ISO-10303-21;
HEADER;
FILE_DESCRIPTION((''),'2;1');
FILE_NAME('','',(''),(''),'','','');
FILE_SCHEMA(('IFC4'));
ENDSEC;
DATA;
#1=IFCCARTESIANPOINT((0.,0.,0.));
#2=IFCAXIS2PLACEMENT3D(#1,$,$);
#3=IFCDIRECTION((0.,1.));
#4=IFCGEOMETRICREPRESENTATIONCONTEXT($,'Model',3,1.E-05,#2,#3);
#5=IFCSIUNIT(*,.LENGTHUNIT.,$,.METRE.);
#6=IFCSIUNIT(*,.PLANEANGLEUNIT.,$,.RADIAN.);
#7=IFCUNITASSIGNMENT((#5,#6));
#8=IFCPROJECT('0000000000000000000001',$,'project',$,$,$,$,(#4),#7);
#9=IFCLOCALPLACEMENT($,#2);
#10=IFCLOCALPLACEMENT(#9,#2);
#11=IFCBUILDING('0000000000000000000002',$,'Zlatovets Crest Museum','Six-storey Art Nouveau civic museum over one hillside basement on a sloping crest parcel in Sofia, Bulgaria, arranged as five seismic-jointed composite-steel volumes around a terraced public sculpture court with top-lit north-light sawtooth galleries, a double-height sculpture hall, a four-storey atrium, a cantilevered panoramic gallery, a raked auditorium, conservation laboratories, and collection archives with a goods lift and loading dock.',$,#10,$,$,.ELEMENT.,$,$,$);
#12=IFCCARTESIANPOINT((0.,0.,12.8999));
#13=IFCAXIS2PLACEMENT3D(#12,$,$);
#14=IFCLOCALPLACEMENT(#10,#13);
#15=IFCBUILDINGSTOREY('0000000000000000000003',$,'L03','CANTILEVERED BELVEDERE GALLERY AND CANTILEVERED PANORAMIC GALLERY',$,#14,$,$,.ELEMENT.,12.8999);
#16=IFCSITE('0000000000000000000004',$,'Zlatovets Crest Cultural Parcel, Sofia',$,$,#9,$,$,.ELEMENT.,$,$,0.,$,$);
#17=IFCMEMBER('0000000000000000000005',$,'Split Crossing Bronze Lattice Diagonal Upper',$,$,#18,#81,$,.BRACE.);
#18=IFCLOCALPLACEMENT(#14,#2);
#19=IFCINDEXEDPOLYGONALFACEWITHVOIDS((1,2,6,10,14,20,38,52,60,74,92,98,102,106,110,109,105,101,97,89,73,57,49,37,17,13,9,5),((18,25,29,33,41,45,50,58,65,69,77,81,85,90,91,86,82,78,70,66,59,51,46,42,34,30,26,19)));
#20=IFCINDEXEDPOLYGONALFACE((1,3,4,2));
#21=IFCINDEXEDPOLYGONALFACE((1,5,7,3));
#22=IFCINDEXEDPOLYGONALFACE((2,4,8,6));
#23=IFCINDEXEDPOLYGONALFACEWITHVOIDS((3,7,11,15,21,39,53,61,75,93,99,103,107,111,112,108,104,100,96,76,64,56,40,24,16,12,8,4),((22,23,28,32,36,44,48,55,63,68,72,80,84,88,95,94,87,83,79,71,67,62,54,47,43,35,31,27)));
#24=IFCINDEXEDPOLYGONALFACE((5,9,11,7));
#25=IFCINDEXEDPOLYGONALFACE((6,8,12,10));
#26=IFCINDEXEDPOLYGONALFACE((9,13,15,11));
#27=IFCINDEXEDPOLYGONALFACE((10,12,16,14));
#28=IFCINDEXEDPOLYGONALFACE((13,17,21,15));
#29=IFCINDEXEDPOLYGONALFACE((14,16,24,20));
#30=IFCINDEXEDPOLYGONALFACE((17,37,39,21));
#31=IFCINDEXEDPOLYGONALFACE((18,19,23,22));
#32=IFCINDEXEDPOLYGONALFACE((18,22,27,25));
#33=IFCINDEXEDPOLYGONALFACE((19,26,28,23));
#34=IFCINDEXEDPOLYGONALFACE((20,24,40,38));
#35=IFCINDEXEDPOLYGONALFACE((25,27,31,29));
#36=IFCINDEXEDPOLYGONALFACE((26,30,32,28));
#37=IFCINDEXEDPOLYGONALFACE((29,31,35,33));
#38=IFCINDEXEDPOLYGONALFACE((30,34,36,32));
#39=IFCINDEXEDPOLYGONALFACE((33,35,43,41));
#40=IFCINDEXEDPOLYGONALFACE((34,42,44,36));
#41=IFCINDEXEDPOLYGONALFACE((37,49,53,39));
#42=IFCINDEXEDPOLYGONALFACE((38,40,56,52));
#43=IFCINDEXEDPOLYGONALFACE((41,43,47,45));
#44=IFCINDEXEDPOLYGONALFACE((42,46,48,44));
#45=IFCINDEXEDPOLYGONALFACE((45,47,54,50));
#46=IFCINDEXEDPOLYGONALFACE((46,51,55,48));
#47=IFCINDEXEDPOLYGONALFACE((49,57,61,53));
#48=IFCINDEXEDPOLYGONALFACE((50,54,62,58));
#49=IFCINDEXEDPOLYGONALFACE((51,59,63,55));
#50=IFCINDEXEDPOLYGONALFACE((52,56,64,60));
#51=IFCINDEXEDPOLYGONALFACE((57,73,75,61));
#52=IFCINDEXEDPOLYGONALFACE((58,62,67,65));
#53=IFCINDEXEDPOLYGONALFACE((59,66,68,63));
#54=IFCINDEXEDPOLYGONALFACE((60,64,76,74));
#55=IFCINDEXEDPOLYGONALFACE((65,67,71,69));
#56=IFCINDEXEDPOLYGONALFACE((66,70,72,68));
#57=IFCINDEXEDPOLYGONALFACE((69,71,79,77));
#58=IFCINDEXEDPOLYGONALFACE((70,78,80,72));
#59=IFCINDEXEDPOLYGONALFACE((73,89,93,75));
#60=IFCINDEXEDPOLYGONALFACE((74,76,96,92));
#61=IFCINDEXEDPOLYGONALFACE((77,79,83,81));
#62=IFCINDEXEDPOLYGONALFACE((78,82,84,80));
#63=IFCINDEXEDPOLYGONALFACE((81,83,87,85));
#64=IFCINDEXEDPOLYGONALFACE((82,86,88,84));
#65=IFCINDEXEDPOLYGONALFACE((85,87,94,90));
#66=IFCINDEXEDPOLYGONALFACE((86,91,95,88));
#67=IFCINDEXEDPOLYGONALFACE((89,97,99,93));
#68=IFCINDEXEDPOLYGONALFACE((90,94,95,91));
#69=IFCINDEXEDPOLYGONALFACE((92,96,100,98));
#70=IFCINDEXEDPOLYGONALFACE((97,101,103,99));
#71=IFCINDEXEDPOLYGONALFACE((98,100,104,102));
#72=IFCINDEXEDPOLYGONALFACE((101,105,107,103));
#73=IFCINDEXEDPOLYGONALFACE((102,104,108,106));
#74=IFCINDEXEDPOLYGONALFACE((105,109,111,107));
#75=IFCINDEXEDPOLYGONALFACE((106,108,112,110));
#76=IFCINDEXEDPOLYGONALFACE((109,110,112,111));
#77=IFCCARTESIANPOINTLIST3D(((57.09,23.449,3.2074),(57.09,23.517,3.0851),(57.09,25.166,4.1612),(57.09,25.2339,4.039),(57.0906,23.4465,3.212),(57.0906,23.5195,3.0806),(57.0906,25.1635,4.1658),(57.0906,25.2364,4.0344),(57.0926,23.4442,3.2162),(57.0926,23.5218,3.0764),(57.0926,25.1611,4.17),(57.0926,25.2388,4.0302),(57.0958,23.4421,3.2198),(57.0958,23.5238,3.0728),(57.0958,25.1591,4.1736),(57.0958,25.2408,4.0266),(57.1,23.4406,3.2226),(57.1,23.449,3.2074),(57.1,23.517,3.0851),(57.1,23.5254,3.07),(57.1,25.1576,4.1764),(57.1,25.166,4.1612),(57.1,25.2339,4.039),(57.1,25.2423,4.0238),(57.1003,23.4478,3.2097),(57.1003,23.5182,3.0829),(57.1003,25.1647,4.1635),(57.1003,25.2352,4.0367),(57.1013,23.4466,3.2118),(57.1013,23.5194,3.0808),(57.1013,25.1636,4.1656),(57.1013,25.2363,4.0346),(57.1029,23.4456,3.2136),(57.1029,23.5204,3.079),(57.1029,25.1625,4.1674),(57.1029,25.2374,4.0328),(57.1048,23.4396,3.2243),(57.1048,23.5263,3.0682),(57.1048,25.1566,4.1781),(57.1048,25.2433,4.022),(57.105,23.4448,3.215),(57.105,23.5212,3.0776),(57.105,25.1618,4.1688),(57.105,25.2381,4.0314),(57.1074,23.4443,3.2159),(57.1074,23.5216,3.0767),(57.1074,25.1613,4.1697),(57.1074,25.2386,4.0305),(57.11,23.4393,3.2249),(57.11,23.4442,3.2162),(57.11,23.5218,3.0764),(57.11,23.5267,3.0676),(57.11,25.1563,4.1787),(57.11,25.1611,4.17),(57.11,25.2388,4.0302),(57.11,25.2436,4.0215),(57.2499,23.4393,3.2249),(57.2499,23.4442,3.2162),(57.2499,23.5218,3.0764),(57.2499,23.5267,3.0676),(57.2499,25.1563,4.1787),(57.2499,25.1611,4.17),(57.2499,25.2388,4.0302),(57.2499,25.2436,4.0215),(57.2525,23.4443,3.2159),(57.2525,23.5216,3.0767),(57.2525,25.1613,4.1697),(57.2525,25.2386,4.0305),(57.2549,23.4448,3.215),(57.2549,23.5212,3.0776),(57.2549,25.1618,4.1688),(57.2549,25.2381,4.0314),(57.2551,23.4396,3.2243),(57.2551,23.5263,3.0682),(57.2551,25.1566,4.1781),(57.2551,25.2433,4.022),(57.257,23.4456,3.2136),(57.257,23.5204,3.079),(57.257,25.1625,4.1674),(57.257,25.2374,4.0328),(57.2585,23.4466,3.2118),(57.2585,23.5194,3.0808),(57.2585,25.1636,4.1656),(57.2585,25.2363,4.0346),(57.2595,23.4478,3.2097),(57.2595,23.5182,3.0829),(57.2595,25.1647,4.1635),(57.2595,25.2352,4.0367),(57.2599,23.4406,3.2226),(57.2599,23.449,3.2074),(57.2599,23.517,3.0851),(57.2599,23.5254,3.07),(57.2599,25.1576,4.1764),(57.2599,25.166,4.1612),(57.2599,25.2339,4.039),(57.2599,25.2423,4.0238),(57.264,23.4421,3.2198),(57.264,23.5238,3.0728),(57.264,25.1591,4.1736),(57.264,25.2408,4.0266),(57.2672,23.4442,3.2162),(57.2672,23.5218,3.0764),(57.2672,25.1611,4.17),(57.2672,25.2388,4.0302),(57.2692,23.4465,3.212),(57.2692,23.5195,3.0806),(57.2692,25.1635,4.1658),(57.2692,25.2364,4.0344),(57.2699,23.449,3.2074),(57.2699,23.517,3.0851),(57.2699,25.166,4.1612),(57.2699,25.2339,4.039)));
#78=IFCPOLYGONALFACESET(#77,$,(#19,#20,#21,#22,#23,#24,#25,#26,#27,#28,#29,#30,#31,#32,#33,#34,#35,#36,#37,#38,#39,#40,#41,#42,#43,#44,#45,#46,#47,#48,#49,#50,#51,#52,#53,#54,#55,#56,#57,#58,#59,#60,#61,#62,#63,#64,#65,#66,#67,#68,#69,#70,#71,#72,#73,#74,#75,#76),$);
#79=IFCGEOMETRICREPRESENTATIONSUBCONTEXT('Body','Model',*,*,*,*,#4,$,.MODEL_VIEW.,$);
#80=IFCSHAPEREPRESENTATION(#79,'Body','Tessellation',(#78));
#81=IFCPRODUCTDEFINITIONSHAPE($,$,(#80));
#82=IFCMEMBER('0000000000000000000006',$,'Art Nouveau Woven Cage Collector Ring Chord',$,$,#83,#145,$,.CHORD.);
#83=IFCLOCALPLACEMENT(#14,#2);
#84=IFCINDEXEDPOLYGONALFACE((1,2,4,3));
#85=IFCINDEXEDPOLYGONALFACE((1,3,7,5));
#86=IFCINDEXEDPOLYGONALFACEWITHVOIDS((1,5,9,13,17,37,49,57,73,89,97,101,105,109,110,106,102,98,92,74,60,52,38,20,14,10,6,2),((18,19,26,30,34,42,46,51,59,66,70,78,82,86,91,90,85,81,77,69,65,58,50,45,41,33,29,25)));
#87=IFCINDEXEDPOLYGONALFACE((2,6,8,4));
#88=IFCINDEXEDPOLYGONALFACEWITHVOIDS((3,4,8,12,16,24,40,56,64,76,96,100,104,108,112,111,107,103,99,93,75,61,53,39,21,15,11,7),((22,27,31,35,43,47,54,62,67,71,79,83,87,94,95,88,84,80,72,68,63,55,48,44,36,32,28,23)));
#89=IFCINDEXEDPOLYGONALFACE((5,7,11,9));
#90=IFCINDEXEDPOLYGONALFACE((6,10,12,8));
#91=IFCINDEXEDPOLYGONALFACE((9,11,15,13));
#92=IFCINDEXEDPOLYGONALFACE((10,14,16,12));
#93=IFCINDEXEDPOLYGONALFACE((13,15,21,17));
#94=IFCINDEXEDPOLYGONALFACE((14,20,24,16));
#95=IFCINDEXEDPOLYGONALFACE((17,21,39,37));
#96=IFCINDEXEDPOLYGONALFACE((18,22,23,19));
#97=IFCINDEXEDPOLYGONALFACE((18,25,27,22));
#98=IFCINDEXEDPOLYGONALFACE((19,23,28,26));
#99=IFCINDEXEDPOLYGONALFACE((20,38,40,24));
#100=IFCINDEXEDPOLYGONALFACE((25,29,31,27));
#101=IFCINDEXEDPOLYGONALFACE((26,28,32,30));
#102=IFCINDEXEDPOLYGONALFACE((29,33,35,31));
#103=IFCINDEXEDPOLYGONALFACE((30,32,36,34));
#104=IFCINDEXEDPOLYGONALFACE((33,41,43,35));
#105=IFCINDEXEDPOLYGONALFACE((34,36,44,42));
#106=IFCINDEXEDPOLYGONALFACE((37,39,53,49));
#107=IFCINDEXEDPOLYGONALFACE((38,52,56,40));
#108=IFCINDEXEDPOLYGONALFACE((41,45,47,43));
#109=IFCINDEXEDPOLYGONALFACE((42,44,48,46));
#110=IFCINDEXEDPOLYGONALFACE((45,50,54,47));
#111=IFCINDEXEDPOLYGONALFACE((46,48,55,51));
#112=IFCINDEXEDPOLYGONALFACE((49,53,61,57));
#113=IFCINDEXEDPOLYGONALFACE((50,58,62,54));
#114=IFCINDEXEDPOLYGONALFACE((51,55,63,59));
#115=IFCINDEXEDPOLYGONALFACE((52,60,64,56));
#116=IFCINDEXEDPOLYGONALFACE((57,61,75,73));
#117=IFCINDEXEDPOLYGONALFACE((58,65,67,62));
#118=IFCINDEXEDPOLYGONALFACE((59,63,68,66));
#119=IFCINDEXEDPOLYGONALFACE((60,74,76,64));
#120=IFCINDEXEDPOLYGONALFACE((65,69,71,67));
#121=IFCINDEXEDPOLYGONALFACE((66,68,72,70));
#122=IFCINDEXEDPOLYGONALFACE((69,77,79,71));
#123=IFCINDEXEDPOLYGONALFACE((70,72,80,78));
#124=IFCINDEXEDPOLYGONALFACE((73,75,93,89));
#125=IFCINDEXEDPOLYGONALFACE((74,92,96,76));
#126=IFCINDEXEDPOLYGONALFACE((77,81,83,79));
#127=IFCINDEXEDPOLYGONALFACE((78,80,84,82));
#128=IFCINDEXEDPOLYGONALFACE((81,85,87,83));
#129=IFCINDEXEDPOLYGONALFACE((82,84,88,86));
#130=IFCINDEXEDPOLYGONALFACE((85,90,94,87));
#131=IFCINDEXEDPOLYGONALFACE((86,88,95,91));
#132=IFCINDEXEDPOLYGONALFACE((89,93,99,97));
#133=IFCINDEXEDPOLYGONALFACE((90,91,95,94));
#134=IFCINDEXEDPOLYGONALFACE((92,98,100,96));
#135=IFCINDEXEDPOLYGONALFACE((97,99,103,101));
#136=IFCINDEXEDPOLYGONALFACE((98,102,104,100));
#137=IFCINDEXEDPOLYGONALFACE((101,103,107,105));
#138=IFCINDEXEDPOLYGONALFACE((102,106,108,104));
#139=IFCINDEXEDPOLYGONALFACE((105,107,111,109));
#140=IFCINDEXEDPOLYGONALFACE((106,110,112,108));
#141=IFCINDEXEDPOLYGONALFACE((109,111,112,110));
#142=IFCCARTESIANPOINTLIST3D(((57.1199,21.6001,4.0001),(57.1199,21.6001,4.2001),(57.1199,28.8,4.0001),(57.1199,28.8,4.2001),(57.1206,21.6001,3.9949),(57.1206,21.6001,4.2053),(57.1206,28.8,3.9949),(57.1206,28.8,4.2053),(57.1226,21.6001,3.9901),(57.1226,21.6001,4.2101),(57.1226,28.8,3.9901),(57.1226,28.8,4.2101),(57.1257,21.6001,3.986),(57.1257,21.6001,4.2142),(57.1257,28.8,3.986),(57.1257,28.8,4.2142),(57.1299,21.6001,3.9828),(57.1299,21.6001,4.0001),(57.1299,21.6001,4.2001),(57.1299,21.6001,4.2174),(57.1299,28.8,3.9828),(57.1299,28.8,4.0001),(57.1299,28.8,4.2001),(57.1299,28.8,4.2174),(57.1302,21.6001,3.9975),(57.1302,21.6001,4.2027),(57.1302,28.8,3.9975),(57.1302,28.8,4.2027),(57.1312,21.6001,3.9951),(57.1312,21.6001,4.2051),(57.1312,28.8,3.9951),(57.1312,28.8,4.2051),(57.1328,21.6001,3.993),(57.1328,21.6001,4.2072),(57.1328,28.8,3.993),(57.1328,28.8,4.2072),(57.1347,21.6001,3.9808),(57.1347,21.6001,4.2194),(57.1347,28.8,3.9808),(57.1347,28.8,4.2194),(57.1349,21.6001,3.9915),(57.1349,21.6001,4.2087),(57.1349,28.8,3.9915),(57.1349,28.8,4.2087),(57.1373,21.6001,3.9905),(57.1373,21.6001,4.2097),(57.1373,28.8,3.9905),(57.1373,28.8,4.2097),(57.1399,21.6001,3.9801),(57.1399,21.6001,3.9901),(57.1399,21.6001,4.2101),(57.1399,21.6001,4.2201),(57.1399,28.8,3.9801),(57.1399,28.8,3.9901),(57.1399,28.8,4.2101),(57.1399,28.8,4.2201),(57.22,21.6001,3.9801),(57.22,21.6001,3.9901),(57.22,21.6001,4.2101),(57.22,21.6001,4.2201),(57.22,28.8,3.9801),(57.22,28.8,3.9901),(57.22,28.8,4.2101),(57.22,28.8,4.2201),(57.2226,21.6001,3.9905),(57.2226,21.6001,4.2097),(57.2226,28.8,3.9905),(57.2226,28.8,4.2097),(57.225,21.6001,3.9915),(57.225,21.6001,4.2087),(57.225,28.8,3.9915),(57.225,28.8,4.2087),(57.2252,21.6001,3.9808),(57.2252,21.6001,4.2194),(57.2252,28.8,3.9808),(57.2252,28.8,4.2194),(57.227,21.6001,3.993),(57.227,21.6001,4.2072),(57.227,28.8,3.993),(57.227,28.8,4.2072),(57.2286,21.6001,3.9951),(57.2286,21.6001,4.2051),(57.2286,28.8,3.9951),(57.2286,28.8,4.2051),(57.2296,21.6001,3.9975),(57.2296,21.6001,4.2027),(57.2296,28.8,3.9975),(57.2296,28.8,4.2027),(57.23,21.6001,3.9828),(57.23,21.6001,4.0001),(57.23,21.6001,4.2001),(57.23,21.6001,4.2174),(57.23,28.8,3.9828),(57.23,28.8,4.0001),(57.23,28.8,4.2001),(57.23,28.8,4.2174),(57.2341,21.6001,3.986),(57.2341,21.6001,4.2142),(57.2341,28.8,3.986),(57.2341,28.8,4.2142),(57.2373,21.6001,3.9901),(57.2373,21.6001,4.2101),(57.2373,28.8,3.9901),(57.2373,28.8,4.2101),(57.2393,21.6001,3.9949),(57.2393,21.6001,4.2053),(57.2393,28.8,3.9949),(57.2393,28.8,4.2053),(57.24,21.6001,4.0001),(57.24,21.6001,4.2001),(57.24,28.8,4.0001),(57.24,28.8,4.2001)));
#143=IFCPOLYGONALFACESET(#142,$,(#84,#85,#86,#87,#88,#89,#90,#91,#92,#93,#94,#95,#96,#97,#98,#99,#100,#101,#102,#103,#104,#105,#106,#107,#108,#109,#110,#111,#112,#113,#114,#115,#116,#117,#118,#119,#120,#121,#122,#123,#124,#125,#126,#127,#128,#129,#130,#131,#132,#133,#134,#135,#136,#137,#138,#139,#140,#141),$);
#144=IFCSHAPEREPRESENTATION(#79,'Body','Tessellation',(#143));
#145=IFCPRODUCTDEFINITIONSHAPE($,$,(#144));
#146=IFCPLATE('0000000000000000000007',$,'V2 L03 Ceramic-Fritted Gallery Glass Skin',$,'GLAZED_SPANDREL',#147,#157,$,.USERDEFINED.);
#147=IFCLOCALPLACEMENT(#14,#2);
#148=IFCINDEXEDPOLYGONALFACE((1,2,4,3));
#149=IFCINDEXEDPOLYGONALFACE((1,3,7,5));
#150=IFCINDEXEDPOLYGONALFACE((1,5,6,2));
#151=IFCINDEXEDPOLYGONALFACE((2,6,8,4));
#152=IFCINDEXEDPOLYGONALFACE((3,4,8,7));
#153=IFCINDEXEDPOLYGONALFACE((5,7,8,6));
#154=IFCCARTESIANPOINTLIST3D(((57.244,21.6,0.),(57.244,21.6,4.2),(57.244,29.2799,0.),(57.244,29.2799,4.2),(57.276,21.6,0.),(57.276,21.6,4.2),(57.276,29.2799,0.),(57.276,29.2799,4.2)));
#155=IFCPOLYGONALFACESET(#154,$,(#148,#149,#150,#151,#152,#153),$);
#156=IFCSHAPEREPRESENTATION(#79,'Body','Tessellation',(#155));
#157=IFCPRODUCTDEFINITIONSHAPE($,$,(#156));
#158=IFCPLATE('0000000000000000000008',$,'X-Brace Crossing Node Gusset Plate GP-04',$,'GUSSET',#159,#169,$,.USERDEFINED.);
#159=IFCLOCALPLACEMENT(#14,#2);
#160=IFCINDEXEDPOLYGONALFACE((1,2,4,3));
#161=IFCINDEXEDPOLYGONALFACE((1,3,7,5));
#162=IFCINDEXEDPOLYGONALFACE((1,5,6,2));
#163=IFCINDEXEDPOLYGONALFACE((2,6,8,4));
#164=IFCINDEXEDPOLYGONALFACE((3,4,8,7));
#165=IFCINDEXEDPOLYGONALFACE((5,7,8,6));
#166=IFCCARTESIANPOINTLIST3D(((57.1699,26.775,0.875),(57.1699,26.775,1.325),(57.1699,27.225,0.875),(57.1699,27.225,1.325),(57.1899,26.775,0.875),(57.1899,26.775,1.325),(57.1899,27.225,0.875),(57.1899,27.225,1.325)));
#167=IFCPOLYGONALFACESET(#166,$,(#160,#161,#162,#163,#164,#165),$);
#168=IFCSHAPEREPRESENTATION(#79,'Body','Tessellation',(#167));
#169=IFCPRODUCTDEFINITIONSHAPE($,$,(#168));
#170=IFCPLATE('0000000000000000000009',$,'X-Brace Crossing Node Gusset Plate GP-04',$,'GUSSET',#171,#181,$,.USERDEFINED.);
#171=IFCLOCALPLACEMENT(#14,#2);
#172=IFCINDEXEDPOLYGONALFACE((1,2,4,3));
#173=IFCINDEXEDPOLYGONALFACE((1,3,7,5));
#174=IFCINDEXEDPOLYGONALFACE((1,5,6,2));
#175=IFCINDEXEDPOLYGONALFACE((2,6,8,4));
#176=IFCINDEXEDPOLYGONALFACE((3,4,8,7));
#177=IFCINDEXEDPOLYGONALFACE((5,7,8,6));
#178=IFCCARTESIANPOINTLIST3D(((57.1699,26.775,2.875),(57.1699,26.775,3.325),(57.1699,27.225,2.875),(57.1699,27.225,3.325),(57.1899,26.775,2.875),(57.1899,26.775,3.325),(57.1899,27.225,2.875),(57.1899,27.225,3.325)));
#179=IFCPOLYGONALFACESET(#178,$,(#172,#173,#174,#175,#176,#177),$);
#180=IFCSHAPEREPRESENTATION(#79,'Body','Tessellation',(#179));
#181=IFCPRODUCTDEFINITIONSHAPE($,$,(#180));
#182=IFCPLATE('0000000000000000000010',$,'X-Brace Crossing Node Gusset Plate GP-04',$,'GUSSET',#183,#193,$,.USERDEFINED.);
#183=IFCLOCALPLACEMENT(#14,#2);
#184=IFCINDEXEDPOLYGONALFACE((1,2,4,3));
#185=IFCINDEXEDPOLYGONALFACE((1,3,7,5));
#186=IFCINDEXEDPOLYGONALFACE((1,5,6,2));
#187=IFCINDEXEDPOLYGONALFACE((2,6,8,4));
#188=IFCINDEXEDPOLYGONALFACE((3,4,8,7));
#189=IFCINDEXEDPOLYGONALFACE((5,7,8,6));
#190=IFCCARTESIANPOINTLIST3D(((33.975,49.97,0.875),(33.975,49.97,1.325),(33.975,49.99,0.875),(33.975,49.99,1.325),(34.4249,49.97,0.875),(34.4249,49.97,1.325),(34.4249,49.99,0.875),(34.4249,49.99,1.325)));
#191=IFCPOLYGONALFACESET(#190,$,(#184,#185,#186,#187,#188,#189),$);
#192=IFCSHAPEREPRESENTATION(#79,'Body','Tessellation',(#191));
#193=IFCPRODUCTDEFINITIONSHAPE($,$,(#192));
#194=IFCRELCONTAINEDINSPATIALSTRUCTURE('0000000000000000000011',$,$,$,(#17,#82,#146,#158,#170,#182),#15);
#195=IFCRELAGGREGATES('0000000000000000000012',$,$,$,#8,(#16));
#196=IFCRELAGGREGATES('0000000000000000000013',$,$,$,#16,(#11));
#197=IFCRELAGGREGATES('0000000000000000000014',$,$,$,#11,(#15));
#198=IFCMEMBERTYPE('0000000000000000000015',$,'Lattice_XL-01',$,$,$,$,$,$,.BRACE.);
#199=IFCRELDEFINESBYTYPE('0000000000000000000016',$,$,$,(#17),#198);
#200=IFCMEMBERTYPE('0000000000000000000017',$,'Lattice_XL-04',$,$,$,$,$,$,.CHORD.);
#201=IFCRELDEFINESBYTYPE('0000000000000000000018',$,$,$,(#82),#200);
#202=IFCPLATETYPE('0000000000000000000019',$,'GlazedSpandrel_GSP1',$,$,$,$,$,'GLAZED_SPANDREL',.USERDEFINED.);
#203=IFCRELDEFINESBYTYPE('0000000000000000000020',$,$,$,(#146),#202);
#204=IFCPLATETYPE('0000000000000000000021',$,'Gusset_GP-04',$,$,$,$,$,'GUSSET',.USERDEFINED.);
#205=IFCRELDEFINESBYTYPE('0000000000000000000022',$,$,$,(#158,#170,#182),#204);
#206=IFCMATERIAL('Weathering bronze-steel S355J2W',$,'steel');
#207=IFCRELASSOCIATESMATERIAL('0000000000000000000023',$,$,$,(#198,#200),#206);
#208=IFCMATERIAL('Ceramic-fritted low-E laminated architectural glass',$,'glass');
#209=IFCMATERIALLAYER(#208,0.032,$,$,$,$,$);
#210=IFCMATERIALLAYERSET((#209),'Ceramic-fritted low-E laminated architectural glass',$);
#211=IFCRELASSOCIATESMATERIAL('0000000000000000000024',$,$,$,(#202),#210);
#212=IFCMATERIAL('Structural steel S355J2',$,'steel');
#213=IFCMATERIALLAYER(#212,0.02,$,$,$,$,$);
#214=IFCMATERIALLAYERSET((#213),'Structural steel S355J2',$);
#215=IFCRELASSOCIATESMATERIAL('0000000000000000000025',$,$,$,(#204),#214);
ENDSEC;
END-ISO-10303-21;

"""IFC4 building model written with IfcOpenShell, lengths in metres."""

from ifc_helpers import new_model, si_unit, direction, frame, origin, origin_2d, place, context, subcontext, project, spatial, rectangle, hollow_rectangle, extrude, material, layer, layer_set, material_profile, profile_set, type_object, element, save


model = new_model("IFC4")

# Units and contexts
model_context = context("Model", 3, precision=1e-05, world=origin(), true_north=direction((0.0, 1.0)))
body_context = subcontext(model_context, "Body", "Model", "MODEL_VIEW")
ifc_project = project(units=[si_unit("LENGTHUNIT", "METRE"), si_unit("PLANEANGLEUNIT", "RADIAN")], contexts=[model_context])

# Site, building, storey
site_placement = place(None, origin())
site = spatial("IfcSite", under=ifc_project, at=site_placement, Name="Zlatovets Crest Cultural Parcel, Sofia", CompositionType="ELEMENT", RefElevation=0.0)
building_placement = place(site_placement, origin())
building = spatial("IfcBuilding", under=site, at=building_placement, Name="Zlatovets Crest Museum", Description="Six-storey Art Nouveau civic museum over one hillside basement on a sloping crest parcel in Sofia, Bulgaria, arranged as five seismic-jointed composite-steel volumes around a terraced public sculpture court with top-lit north-light sawtooth galleries, a double-height sculpture hall, a four-storey atrium, a cantilevered panoramic gallery, a raked auditorium, conservation laboratories, and collection archives with a goods lift and loading dock.", CompositionType="ELEMENT")
storey_placement = place(building_placement, frame((0.0, 0.0, 12.8999)))
storey = spatial("IfcBuildingStorey", under=building, at=storey_placement, Name="L03", Description="CANTILEVERED BELVEDERE GALLERY AND CANTILEVERED PANORAMIC GALLERY", CompositionType="ELEMENT", Elevation=12.8999)

# Shared definitions
ifc_material_1 = material(Name="Structural steel S355J2", Category="steel")

# Members
ifc_material_2 = material(Name="Weathering bronze-steel S355J2W", Category="steel")
ifc_material_profile_1 = material_profile(ifc_material_2, hollow_rectangle(XDim=0.1799, YDim=0.1799, WallThickness=0.01, InnerFilletRadius=0.01, OuterFilletRadius=0.02, at=origin_2d()), Name="SHS 180x180x10.0")
ifc_profile_set_1 = profile_set([ifc_material_profile_1], Name="Weathering bronze-steel S355J2W")
member_type_1 = type_object("IfcMemberType", Name="Lattice_XL-01", PredefinedType="BRACE", material=ifc_profile_set_1)
member_1_placement = place(storey_placement, frame((57.1799, 25.2, 4.1001), z_axis=(0.0, -0.874169, -0.485622), x_axis=(1.0, 0.0, 0.0)))
element("IfcMember", 1, at=member_1_placement, inside=storey, type_object=member_type_1, Name="Split Crossing Bronze Lattice Diagonal Upper", PredefinedType="BRACE", context=body_context, shape_type="SweptSolid", body=[
    extrude(hollow_rectangle(XDim=0.1799, YDim=0.1799, WallThickness=0.01, InnerFilletRadius=0.01, OuterFilletRadius=0.02, at=origin_2d()), origin(), (0.0, 0.0, 1.0), 1.9641),
])
ifc_material_profile_2 = material_profile(ifc_material_2, hollow_rectangle(XDim=0.1201, YDim=0.24, WallThickness=0.01, InnerFilletRadius=0.01, OuterFilletRadius=0.02, at=origin_2d()), Name="RHS 120x240x10.0")
ifc_profile_set_2 = profile_set([ifc_material_profile_2], Name="Weathering bronze-steel S355J2W")
member_type_2 = type_object("IfcMemberType", Name="Lattice_XL-04", PredefinedType="CHORD", material=ifc_profile_set_2)
member_2_placement = place(storey_placement, frame((57.1799, 28.8, 4.1001), z_axis=(0.0, -1.0, 0.0), x_axis=(1.0, 0.0, 0.0)))
element("IfcMember", 2, at=member_2_placement, inside=storey, type_object=member_type_2, Name="Art Nouveau Woven Cage Collector Ring Chord", PredefinedType="CHORD", context=body_context, shape_type="SweptSolid", body=[
    extrude(hollow_rectangle(XDim=0.1201, YDim=0.24, WallThickness=0.01, InnerFilletRadius=0.01, OuterFilletRadius=0.02, at=origin_2d()), origin(), (0.0, 0.0, 1.0), 7.2),
])

# Plates
ifc_material_3 = material(Name="Ceramic-fritted low-E laminated architectural glass", Category="glass")
ifc_layer_1 = layer(ifc_material_3, 0.032)
ifc_layer_set_1 = layer_set([ifc_layer_1], Name="Ceramic-fritted low-E laminated architectural glass")
plate_type_1 = type_object("IfcPlateType", Name="GlazedSpandrel_GSP1", ElementType="GLAZED_SPANDREL", PredefinedType="USERDEFINED", material=ifc_layer_set_1)
plate_1_placement = place(storey_placement, frame((57.26, 25.4399, 0.0), z_axis=(0.0, 0.0, 1.0), x_axis=(0.0, 1.0, 0.0)))
element("IfcPlate", 3, at=plate_1_placement, inside=storey, type_object=plate_type_1, Name="V2 L03 Ceramic-Fritted Gallery Glass Skin", ObjectType="GLAZED_SPANDREL", PredefinedType="USERDEFINED", context=body_context, shape_type="SweptSolid", body=[
    extrude(rectangle(XDim=7.6799, YDim=0.032, at=origin_2d()), origin(), (0.0, 0.0, 1.0), 4.2),
])
ifc_layer_2 = layer(ifc_material_1, 0.02)
ifc_layer_set_2 = layer_set([ifc_layer_2], Name="Structural steel S355J2")
plate_type_2 = type_object("IfcPlateType", Name="Gusset_GP-04", ElementType="GUSSET", PredefinedType="USERDEFINED", material=ifc_layer_set_2)
for number, where, z_axis, x_axis, name in (
    (4, (57.1799, 27.0, 0.875), (0.0, 0.0, 1.0), (1.0, 0.0, 0.0), "X-Brace Crossing Node Gusset Plate GP-04"),
    (5, (57.1799, 27.0, 2.875), (0.0, 0.0, 1.0), (1.0, 0.0, 0.0), "X-Brace Crossing Node Gusset Plate GP-04"),
):
    element("IfcPlate", number, at=place(storey_placement, frame(where, z_axis=z_axis, x_axis=x_axis)), inside=storey, type_object=plate_type_2, Name=name, ObjectType="GUSSET", PredefinedType="USERDEFINED", context=body_context, shape_type="SweptSolid", body=[
        extrude(rectangle(XDim=0.02, YDim=0.45, at=origin_2d()), origin(), (0.0, 0.0, 1.0), 0.45),
    ])
plate_2_placement = place(storey_placement, frame((34.2, 49.98, 0.875), z_axis=(0.0, 0.0, 1.0), x_axis=(1.0, 0.0, 0.0)))
element("IfcPlate", 6, at=plate_2_placement, inside=storey, type_object=plate_type_2, Name="X-Brace Crossing Node Gusset Plate GP-04", ObjectType="GUSSET", PredefinedType="USERDEFINED", context=body_context, shape_type="SweptSolid", body=[
    extrude(rectangle(XDim=0.45, YDim=0.02, at=origin_2d()), origin(), (0.0, 0.0, 1.0), 0.45),
])

save(model, "model.ifc")
